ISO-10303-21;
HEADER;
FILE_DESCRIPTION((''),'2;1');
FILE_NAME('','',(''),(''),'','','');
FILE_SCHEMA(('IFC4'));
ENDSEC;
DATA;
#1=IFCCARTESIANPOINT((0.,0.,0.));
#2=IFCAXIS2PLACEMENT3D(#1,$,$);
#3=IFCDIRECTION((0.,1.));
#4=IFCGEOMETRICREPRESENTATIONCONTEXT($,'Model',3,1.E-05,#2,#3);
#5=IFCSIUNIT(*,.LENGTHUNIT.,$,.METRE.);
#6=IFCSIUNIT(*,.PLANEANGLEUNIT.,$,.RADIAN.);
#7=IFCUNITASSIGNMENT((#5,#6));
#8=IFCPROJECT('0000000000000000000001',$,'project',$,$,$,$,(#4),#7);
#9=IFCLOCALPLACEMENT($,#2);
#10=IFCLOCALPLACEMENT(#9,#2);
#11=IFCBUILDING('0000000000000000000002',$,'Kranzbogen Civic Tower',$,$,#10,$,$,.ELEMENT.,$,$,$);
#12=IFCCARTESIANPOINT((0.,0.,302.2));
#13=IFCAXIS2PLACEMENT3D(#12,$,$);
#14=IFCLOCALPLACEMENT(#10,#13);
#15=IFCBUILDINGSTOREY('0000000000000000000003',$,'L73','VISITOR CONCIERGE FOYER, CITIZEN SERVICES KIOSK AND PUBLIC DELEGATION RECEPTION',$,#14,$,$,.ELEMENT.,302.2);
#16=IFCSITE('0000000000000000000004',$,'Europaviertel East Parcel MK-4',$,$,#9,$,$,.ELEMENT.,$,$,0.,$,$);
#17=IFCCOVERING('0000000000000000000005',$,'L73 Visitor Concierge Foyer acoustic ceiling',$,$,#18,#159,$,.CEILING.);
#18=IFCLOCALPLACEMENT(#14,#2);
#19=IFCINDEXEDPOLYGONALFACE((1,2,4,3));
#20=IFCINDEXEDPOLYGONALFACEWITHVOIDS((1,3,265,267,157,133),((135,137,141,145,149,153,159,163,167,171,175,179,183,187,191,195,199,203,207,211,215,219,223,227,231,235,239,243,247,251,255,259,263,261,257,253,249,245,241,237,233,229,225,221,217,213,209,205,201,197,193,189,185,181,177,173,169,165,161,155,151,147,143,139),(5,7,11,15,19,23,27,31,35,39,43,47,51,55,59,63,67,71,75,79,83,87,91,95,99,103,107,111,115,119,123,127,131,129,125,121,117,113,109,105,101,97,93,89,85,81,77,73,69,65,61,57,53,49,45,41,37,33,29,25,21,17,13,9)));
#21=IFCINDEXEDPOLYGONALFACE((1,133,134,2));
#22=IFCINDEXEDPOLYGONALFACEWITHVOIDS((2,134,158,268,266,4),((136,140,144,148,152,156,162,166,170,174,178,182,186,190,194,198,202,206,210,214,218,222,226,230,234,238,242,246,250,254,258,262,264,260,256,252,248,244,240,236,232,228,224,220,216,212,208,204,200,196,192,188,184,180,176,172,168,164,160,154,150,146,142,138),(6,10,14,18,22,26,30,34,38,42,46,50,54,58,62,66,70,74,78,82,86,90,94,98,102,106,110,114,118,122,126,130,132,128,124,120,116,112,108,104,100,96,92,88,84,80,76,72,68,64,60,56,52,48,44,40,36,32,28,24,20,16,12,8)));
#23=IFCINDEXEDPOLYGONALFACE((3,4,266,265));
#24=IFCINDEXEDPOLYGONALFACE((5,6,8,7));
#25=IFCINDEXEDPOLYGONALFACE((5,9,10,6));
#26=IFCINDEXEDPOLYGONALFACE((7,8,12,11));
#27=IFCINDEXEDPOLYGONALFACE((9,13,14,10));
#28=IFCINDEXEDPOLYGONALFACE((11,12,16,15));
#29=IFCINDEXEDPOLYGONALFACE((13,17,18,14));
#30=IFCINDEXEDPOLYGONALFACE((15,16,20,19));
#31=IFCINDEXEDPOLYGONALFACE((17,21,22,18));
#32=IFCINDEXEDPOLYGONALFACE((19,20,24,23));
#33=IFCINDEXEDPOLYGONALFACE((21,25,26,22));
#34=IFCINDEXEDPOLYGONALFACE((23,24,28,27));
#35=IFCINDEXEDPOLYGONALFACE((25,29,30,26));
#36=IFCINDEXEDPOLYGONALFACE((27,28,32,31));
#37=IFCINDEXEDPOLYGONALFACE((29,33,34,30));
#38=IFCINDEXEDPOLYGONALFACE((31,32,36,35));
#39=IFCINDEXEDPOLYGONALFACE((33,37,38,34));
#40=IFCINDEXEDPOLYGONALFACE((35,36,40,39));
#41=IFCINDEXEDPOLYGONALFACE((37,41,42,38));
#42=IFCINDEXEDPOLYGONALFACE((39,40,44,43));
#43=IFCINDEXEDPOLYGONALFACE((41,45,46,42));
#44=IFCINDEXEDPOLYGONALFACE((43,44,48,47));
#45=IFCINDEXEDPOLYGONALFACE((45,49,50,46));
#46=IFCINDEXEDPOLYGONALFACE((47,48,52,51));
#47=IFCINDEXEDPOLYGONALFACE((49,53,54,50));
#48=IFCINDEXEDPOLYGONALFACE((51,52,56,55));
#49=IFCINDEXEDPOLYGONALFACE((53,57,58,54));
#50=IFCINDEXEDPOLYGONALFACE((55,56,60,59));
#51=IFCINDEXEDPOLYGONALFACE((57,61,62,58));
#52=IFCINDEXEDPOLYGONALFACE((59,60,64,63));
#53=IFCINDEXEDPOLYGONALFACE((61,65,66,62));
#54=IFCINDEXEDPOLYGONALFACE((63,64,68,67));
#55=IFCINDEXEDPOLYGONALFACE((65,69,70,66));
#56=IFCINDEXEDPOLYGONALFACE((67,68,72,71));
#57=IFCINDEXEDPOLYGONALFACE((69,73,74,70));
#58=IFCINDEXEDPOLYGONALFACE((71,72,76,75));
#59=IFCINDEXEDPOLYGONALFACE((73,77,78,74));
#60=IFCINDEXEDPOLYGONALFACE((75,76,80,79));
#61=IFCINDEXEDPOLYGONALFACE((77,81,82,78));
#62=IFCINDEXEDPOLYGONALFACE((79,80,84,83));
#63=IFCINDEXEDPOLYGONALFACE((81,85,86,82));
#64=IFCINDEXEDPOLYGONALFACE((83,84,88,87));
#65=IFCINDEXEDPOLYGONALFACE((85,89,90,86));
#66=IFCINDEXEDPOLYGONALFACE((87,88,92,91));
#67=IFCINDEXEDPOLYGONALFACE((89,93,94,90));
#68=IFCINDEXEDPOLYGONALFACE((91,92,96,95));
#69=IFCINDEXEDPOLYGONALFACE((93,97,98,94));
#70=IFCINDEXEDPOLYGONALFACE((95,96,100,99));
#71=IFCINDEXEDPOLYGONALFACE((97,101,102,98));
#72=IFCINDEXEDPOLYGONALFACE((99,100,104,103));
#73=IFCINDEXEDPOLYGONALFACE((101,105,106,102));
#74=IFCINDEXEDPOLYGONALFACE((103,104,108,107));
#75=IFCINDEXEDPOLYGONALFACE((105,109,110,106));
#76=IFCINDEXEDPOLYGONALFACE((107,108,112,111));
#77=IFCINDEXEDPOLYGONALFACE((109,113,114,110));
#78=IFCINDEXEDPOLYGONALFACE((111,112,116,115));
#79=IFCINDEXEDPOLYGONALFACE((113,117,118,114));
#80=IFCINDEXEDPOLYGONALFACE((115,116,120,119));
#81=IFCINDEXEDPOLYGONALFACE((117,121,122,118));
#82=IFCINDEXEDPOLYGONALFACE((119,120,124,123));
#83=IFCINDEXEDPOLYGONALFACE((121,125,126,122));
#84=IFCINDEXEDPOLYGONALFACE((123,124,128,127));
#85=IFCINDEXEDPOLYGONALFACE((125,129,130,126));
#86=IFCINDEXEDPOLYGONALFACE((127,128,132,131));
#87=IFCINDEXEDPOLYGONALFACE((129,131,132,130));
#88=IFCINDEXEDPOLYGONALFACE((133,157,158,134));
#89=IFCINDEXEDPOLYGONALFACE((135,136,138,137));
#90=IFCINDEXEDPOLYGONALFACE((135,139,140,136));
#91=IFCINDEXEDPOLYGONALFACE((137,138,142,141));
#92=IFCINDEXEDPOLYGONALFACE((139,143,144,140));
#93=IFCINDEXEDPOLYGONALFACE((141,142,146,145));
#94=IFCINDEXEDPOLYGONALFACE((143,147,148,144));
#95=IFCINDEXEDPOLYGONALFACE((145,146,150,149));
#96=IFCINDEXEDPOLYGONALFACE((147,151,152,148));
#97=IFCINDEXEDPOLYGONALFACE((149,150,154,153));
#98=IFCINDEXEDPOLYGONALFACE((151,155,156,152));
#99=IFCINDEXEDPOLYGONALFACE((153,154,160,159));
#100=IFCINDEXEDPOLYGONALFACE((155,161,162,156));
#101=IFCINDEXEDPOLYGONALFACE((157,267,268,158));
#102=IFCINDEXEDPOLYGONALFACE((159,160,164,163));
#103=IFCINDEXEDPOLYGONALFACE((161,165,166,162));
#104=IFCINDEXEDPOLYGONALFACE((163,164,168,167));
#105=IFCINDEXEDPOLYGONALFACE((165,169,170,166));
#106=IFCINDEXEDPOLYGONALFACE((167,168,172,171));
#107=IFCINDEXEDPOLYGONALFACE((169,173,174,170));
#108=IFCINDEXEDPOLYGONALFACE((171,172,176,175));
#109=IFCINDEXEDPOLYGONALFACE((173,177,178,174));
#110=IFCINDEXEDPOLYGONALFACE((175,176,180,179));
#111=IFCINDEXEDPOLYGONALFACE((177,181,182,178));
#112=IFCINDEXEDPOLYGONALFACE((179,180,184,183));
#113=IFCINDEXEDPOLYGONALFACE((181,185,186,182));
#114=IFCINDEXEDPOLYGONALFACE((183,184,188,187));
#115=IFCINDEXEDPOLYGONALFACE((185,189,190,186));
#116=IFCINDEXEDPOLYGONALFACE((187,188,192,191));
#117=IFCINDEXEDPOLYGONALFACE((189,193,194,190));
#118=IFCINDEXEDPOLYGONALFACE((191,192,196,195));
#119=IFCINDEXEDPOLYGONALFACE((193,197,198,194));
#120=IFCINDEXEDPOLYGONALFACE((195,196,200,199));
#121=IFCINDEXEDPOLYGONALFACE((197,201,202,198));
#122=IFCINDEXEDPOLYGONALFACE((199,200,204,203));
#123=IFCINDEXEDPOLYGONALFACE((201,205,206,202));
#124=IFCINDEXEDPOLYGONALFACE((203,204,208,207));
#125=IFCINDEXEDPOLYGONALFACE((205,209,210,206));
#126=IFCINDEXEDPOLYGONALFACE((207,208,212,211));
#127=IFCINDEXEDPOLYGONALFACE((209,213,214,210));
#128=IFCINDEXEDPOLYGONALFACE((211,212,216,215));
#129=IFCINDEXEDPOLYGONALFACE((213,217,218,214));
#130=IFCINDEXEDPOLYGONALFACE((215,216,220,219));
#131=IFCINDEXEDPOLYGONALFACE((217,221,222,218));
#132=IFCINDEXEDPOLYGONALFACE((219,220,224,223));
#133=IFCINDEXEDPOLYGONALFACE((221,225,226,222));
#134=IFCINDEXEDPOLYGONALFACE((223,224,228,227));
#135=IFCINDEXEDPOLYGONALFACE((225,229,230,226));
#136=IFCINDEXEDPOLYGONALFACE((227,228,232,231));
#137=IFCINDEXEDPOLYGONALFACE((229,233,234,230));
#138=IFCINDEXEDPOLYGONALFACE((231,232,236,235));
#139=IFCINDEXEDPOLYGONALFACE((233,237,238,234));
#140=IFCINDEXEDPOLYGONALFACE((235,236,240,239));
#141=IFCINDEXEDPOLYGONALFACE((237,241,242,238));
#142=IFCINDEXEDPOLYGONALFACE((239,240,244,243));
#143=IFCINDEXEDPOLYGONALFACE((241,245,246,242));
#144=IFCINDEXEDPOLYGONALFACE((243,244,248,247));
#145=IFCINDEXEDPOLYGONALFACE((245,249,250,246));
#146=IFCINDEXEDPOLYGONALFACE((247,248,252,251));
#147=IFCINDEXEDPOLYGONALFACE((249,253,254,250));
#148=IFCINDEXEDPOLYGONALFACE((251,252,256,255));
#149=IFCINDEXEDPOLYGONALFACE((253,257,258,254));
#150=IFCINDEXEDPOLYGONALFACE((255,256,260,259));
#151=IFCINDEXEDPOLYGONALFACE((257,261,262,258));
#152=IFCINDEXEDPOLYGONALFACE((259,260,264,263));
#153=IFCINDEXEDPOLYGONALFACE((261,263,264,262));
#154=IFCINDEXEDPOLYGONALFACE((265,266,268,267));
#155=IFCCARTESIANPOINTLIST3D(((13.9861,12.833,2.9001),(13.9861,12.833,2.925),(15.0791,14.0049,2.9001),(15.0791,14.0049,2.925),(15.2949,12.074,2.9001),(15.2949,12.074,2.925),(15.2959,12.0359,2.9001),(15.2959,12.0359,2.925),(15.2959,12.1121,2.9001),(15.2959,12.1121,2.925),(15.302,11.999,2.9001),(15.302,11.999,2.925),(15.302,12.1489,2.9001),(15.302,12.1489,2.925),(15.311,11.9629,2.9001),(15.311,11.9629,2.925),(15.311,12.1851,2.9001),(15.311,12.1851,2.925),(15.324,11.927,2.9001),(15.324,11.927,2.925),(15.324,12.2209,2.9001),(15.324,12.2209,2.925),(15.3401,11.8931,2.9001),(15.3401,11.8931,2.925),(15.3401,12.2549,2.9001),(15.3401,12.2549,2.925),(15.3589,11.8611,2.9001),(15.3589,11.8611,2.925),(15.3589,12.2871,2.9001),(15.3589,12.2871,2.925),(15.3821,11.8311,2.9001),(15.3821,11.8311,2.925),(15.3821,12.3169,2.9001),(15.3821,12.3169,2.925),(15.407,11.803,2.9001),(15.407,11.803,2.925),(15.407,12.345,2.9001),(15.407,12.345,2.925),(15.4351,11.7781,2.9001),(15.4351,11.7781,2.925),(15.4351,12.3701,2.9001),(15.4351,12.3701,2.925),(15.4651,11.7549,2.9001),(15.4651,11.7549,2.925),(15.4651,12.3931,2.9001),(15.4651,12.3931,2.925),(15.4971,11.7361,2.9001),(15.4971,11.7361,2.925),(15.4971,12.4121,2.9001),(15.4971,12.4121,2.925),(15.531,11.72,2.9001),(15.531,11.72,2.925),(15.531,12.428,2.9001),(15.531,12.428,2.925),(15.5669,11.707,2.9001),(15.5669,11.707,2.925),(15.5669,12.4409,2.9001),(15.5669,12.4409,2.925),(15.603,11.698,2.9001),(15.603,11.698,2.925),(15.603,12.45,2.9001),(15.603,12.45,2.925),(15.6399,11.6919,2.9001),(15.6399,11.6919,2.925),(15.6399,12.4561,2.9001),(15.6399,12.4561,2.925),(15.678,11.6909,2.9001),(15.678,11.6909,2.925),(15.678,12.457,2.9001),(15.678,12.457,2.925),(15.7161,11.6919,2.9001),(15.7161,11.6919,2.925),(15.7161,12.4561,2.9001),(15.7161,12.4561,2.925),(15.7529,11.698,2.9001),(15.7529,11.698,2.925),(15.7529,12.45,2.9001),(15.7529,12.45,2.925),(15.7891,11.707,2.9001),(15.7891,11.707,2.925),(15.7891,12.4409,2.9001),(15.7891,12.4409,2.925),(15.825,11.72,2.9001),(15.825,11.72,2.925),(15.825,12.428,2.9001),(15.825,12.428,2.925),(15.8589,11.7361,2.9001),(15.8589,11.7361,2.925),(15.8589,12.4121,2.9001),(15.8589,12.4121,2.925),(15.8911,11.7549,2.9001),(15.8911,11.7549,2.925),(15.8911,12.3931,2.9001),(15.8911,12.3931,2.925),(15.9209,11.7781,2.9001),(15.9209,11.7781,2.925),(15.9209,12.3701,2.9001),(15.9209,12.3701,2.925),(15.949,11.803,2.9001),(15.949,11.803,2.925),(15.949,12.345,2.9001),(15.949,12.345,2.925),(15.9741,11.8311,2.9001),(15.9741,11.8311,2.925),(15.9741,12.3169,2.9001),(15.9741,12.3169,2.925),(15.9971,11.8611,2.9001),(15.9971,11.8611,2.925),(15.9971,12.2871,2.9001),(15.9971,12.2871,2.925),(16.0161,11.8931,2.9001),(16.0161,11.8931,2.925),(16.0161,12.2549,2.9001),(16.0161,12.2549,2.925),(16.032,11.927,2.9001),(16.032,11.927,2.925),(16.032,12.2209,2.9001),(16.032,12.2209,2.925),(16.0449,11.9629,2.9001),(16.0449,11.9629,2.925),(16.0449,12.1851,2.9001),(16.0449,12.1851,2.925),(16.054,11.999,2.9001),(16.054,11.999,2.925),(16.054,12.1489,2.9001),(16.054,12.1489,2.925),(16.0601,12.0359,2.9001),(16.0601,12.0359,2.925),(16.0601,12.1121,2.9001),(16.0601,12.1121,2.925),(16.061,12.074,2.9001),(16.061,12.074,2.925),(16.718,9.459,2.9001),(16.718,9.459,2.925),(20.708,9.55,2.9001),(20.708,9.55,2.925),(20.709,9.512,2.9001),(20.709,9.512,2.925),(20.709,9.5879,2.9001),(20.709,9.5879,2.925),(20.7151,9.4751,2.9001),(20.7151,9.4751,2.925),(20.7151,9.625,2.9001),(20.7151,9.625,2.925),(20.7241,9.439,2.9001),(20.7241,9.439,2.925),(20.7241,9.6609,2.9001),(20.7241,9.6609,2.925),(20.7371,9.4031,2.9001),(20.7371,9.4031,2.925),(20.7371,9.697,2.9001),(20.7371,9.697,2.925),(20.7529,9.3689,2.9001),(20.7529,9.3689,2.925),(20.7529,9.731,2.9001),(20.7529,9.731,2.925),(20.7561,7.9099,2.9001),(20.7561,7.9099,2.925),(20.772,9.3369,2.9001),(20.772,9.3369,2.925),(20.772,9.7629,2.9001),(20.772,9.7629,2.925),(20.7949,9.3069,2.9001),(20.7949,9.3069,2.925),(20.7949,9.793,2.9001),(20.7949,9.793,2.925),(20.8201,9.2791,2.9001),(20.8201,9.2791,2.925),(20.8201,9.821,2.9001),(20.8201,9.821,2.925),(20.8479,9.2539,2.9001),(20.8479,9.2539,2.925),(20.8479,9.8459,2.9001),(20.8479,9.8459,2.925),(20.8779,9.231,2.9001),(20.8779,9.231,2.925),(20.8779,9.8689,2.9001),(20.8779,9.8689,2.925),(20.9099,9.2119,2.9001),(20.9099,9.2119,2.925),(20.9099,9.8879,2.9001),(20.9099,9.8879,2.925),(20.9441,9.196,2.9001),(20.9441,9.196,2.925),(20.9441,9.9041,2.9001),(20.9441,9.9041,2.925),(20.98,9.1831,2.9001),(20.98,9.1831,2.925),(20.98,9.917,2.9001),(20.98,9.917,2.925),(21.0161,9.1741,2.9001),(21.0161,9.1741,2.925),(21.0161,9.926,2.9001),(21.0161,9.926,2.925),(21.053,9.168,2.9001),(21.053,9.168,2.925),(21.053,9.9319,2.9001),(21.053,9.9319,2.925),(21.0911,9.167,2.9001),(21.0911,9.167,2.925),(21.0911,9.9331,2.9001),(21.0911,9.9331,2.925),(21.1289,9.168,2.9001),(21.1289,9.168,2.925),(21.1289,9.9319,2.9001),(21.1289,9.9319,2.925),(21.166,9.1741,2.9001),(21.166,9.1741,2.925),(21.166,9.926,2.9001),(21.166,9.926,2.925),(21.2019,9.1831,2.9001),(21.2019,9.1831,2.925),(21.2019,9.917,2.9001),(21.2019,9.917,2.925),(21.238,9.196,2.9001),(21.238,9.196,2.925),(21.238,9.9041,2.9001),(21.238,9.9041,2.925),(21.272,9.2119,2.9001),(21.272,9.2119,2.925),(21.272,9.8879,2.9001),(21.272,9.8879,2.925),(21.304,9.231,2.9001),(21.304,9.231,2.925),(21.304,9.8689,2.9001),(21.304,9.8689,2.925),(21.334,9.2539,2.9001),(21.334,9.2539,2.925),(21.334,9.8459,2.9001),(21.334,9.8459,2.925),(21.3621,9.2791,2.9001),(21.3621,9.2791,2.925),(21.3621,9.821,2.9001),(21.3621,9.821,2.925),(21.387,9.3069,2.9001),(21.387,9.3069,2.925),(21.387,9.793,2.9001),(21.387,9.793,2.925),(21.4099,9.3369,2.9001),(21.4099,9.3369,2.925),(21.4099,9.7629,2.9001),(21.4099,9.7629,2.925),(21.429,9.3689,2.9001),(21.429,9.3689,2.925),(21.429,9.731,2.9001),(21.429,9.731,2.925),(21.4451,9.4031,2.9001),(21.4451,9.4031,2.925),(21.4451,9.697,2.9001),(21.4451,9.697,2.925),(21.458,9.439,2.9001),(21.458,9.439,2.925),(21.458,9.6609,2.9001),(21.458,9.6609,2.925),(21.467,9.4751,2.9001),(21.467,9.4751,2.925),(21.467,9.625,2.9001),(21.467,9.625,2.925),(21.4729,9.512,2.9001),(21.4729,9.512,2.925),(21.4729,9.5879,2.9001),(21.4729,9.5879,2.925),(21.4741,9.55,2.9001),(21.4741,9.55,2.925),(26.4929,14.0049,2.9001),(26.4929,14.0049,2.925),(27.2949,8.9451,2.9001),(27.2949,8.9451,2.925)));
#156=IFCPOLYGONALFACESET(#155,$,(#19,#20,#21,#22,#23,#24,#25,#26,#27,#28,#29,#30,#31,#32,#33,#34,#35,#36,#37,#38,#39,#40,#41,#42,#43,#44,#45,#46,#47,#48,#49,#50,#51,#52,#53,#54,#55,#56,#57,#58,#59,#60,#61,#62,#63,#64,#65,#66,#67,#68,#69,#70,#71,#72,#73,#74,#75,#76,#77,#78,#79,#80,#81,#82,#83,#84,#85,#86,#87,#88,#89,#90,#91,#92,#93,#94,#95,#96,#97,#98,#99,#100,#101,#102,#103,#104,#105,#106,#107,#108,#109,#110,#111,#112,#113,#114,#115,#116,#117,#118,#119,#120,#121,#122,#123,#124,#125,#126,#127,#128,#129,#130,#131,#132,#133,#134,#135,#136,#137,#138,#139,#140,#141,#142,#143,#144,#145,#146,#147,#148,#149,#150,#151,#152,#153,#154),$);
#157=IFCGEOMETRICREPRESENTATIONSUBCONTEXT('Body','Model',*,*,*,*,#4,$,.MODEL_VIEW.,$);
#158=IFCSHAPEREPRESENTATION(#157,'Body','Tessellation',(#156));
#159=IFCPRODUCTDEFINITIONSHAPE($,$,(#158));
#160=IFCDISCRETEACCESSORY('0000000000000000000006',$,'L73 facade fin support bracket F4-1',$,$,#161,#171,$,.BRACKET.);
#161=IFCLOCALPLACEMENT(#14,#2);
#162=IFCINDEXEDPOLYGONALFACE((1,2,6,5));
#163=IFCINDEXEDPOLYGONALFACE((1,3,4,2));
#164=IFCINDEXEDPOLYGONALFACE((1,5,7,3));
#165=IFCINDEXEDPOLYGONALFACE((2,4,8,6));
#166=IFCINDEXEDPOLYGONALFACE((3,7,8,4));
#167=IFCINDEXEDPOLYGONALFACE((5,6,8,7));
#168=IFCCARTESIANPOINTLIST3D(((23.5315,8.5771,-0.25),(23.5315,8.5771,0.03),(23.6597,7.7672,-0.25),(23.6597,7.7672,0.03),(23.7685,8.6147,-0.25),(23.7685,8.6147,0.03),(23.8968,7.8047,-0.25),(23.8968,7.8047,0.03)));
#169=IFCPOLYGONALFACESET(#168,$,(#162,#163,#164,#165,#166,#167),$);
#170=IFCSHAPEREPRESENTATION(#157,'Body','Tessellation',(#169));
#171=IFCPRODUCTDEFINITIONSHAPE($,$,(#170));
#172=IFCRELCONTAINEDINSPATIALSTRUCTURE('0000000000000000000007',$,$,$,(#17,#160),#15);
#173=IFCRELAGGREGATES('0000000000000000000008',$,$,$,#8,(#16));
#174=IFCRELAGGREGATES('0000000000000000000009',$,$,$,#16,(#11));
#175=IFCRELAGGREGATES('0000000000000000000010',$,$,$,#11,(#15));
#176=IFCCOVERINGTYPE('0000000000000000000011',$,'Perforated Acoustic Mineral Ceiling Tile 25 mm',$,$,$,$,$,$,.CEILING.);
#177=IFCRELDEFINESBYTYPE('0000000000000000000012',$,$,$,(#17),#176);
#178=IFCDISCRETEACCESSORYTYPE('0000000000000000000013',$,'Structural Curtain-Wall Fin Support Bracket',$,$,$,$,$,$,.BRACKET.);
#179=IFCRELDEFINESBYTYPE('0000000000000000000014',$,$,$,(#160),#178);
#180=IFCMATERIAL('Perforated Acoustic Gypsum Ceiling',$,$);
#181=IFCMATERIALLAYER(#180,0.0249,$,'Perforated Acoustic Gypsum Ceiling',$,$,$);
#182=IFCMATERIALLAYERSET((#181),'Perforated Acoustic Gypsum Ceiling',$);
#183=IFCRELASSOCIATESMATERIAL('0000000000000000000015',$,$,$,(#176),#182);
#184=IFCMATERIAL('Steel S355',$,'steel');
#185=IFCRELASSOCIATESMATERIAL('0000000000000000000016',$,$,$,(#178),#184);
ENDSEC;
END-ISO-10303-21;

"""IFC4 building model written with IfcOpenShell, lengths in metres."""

from ifc_helpers import new_model, si_unit, direction, frame, origin, origin_2d, place, context, subcontext, project, spatial, polyline, rectangle, outline, extrude, material, layer, layer_set, type_object, element, save


model = new_model("IFC4")

# Units and contexts
model_context = context("Model", 3, precision=1e-05, world=origin(), true_north=direction((0.0, 1.0)))
body_context = subcontext(model_context, "Body", "Model", "MODEL_VIEW")
ifc_project = project(units=[si_unit("LENGTHUNIT", "METRE"), si_unit("PLANEANGLEUNIT", "RADIAN")], contexts=[model_context])

# Site, building, storey
site_placement = place(None, origin())
site = spatial("IfcSite", under=ifc_project, at=site_placement, Name="Europaviertel East Parcel MK-4", CompositionType="ELEMENT", RefElevation=0.0)
building_placement = place(site_placement, origin())
building = spatial("IfcBuilding", under=site, at=building_placement, Name="Kranzbogen Civic Tower", CompositionType="ELEMENT")
storey_placement = place(building_placement, frame((0.0, 0.0, 302.2)))
storey = spatial("IfcBuildingStorey", under=building, at=storey_placement, Name="L73", Description="VISITOR CONCIERGE FOYER, CITIZEN SERVICES KIOSK AND PUBLIC DELEGATION RECEPTION", CompositionType="ELEMENT", Elevation=302.2)

# Shared definitions
ifc_material_1 = material(Name="Steel S355", Category="steel")

# Covering
ifc_material_2 = material(Name="Perforated Acoustic Gypsum Ceiling")
ifc_layer_1 = layer(ifc_material_2, 0.0249, Name="Perforated Acoustic Gypsum Ceiling")
ifc_layer_set_1 = layer_set([ifc_layer_1], Name="Perforated Acoustic Gypsum Ceiling")
covering_type = type_object("IfcCoveringType", Name="Perforated Acoustic Mineral Ceiling Tile 25 mm", PredefinedType="CEILING", material=ifc_layer_set_1)
covering_1_placement = place(storey_placement, frame((0.0, 0.0, 2.9001)))
element("IfcCovering", 1, at=covering_1_placement, inside=storey, type_object=covering_type, Name="L73 Visitor Concierge Foyer acoustic ceiling", PredefinedType="CEILING", context=body_context, shape_type="SweptSolid", body=[
    extrude(outline(polyline([(16.718, 9.459), (13.9861, 12.833), (15.0791, 14.0049), (26.4929, 14.0049), (27.2949, 8.9451), (20.7561, 7.9099), (16.718, 9.459)]), holes=[polyline([(21.4451, 9.4031), (21.429, 9.3689), (21.4099, 9.3369), (21.387, 9.3069), (21.3621, 9.2791), (21.334, 9.2539), (21.304, 9.231), (21.272, 9.2119), (21.238, 9.196), (21.2019, 9.1831), (21.166, 9.1741), (21.1289, 9.168), (21.0911, 9.167), (21.053, 9.168), (21.0161, 9.1741), (20.98, 9.1831), (20.9441, 9.196), (20.9099, 9.2119), (20.8779, 9.231), (20.8479, 9.2539), (20.8201, 9.2791), (20.7949, 9.3069), (20.772, 9.3369), (20.7529, 9.3689), (20.7371, 9.4031), (20.7241, 9.439), (20.7151, 9.4751), (20.709, 9.512), (20.708, 9.55), (20.709, 9.5879), (20.7151, 9.625), (20.7241, 9.6609), (20.7371, 9.697), (20.7529, 9.731), (20.772, 9.7629), (20.7949, 9.793), (20.8201, 9.821), (20.8479, 9.8459), (20.8779, 9.8689), (20.9099, 9.8879), (20.9441, 9.9041), (20.98, 9.917), (21.0161, 9.926), (21.053, 9.9319), (21.0911, 9.9331), (21.1289, 9.9319), (21.166, 9.926), (21.2019, 9.917), (21.238, 9.9041), (21.272, 9.8879), (21.304, 9.8689), (21.334, 9.8459), (21.3621, 9.821), (21.387, 9.793), (21.4099, 9.7629), (21.429, 9.731), (21.4451, 9.697), (21.458, 9.6609), (21.467, 9.625), (21.4729, 9.5879), (21.4741, 9.55), (21.4729, 9.512), (21.467, 9.4751), (21.458, 9.439), (21.4451, 9.4031)]), polyline([(16.032, 11.927), (16.0161, 11.8931), (15.9971, 11.8611), (15.9741, 11.8311), (15.949, 11.803), (15.9209, 11.7781), (15.8911, 11.7549), (15.8589, 11.7361), (15.825, 11.72), (15.7891, 11.707), (15.7529, 11.698), (15.7161, 11.6919), (15.678, 11.6909), (15.6399, 11.6919), (15.603, 11.698), (15.5669, 11.707), (15.531, 11.72), (15.4971, 11.7361), (15.4651, 11.7549), (15.4351, 11.7781), (15.407, 11.803), (15.3821, 11.8311), (15.3589, 11.8611), (15.3401, 11.8931), (15.324, 11.927), (15.311, 11.9629), (15.302, 11.999), (15.2959, 12.0359), (15.2949, 12.074), (15.2959, 12.1121), (15.302, 12.1489), (15.311, 12.1851), (15.324, 12.2209), (15.3401, 12.2549), (15.3589, 12.2871), (15.3821, 12.3169), (15.407, 12.345), (15.4351, 12.3701), (15.4651, 12.3931), (15.4971, 12.4121), (15.531, 12.428), (15.5669, 12.4409), (15.603, 12.45), (15.6399, 12.4561), (15.678, 12.457), (15.7161, 12.4561), (15.7529, 12.45), (15.7891, 12.4409), (15.825, 12.428), (15.8589, 12.4121), (15.8911, 12.3931), (15.9209, 12.3701), (15.949, 12.345), (15.9741, 12.3169), (15.9971, 12.2871), (16.0161, 12.2549), (16.032, 12.2209), (16.0449, 12.1851), (16.054, 12.1489), (16.0601, 12.1121), (16.061, 12.074), (16.0601, 12.0359), (16.054, 11.999), (16.0449, 11.9629), (16.032, 11.927)])]), origin(), (0.0, 0.0, 1.0), 0.0249),
])

# Discrete accessory
discrete_accessory_type = type_object("IfcDiscreteAccessoryType", Name="Structural Curtain-Wall Fin Support Bracket", PredefinedType="BRACKET", material=ifc_material_1)
discrete_accessory_placement = place(storey_placement, frame((23.7141, 8.1909, -0.25), z_axis=(0.0, 0.0, 1.0), x_axis=(0.156434, -0.987688, 0.0)))
element("IfcDiscreteAccessory", 2, at=discrete_accessory_placement, inside=storey, type_object=discrete_accessory_type, Name="L73 facade fin support bracket F4-1", PredefinedType="BRACKET", context=body_context, shape_type="SweptSolid", body=[
    extrude(rectangle(XDim=0.8201, YDim=0.24, at=origin_2d()), origin(), (0.0, 0.0, 1.0), 0.28),
])

save(model, "model.ifc")
